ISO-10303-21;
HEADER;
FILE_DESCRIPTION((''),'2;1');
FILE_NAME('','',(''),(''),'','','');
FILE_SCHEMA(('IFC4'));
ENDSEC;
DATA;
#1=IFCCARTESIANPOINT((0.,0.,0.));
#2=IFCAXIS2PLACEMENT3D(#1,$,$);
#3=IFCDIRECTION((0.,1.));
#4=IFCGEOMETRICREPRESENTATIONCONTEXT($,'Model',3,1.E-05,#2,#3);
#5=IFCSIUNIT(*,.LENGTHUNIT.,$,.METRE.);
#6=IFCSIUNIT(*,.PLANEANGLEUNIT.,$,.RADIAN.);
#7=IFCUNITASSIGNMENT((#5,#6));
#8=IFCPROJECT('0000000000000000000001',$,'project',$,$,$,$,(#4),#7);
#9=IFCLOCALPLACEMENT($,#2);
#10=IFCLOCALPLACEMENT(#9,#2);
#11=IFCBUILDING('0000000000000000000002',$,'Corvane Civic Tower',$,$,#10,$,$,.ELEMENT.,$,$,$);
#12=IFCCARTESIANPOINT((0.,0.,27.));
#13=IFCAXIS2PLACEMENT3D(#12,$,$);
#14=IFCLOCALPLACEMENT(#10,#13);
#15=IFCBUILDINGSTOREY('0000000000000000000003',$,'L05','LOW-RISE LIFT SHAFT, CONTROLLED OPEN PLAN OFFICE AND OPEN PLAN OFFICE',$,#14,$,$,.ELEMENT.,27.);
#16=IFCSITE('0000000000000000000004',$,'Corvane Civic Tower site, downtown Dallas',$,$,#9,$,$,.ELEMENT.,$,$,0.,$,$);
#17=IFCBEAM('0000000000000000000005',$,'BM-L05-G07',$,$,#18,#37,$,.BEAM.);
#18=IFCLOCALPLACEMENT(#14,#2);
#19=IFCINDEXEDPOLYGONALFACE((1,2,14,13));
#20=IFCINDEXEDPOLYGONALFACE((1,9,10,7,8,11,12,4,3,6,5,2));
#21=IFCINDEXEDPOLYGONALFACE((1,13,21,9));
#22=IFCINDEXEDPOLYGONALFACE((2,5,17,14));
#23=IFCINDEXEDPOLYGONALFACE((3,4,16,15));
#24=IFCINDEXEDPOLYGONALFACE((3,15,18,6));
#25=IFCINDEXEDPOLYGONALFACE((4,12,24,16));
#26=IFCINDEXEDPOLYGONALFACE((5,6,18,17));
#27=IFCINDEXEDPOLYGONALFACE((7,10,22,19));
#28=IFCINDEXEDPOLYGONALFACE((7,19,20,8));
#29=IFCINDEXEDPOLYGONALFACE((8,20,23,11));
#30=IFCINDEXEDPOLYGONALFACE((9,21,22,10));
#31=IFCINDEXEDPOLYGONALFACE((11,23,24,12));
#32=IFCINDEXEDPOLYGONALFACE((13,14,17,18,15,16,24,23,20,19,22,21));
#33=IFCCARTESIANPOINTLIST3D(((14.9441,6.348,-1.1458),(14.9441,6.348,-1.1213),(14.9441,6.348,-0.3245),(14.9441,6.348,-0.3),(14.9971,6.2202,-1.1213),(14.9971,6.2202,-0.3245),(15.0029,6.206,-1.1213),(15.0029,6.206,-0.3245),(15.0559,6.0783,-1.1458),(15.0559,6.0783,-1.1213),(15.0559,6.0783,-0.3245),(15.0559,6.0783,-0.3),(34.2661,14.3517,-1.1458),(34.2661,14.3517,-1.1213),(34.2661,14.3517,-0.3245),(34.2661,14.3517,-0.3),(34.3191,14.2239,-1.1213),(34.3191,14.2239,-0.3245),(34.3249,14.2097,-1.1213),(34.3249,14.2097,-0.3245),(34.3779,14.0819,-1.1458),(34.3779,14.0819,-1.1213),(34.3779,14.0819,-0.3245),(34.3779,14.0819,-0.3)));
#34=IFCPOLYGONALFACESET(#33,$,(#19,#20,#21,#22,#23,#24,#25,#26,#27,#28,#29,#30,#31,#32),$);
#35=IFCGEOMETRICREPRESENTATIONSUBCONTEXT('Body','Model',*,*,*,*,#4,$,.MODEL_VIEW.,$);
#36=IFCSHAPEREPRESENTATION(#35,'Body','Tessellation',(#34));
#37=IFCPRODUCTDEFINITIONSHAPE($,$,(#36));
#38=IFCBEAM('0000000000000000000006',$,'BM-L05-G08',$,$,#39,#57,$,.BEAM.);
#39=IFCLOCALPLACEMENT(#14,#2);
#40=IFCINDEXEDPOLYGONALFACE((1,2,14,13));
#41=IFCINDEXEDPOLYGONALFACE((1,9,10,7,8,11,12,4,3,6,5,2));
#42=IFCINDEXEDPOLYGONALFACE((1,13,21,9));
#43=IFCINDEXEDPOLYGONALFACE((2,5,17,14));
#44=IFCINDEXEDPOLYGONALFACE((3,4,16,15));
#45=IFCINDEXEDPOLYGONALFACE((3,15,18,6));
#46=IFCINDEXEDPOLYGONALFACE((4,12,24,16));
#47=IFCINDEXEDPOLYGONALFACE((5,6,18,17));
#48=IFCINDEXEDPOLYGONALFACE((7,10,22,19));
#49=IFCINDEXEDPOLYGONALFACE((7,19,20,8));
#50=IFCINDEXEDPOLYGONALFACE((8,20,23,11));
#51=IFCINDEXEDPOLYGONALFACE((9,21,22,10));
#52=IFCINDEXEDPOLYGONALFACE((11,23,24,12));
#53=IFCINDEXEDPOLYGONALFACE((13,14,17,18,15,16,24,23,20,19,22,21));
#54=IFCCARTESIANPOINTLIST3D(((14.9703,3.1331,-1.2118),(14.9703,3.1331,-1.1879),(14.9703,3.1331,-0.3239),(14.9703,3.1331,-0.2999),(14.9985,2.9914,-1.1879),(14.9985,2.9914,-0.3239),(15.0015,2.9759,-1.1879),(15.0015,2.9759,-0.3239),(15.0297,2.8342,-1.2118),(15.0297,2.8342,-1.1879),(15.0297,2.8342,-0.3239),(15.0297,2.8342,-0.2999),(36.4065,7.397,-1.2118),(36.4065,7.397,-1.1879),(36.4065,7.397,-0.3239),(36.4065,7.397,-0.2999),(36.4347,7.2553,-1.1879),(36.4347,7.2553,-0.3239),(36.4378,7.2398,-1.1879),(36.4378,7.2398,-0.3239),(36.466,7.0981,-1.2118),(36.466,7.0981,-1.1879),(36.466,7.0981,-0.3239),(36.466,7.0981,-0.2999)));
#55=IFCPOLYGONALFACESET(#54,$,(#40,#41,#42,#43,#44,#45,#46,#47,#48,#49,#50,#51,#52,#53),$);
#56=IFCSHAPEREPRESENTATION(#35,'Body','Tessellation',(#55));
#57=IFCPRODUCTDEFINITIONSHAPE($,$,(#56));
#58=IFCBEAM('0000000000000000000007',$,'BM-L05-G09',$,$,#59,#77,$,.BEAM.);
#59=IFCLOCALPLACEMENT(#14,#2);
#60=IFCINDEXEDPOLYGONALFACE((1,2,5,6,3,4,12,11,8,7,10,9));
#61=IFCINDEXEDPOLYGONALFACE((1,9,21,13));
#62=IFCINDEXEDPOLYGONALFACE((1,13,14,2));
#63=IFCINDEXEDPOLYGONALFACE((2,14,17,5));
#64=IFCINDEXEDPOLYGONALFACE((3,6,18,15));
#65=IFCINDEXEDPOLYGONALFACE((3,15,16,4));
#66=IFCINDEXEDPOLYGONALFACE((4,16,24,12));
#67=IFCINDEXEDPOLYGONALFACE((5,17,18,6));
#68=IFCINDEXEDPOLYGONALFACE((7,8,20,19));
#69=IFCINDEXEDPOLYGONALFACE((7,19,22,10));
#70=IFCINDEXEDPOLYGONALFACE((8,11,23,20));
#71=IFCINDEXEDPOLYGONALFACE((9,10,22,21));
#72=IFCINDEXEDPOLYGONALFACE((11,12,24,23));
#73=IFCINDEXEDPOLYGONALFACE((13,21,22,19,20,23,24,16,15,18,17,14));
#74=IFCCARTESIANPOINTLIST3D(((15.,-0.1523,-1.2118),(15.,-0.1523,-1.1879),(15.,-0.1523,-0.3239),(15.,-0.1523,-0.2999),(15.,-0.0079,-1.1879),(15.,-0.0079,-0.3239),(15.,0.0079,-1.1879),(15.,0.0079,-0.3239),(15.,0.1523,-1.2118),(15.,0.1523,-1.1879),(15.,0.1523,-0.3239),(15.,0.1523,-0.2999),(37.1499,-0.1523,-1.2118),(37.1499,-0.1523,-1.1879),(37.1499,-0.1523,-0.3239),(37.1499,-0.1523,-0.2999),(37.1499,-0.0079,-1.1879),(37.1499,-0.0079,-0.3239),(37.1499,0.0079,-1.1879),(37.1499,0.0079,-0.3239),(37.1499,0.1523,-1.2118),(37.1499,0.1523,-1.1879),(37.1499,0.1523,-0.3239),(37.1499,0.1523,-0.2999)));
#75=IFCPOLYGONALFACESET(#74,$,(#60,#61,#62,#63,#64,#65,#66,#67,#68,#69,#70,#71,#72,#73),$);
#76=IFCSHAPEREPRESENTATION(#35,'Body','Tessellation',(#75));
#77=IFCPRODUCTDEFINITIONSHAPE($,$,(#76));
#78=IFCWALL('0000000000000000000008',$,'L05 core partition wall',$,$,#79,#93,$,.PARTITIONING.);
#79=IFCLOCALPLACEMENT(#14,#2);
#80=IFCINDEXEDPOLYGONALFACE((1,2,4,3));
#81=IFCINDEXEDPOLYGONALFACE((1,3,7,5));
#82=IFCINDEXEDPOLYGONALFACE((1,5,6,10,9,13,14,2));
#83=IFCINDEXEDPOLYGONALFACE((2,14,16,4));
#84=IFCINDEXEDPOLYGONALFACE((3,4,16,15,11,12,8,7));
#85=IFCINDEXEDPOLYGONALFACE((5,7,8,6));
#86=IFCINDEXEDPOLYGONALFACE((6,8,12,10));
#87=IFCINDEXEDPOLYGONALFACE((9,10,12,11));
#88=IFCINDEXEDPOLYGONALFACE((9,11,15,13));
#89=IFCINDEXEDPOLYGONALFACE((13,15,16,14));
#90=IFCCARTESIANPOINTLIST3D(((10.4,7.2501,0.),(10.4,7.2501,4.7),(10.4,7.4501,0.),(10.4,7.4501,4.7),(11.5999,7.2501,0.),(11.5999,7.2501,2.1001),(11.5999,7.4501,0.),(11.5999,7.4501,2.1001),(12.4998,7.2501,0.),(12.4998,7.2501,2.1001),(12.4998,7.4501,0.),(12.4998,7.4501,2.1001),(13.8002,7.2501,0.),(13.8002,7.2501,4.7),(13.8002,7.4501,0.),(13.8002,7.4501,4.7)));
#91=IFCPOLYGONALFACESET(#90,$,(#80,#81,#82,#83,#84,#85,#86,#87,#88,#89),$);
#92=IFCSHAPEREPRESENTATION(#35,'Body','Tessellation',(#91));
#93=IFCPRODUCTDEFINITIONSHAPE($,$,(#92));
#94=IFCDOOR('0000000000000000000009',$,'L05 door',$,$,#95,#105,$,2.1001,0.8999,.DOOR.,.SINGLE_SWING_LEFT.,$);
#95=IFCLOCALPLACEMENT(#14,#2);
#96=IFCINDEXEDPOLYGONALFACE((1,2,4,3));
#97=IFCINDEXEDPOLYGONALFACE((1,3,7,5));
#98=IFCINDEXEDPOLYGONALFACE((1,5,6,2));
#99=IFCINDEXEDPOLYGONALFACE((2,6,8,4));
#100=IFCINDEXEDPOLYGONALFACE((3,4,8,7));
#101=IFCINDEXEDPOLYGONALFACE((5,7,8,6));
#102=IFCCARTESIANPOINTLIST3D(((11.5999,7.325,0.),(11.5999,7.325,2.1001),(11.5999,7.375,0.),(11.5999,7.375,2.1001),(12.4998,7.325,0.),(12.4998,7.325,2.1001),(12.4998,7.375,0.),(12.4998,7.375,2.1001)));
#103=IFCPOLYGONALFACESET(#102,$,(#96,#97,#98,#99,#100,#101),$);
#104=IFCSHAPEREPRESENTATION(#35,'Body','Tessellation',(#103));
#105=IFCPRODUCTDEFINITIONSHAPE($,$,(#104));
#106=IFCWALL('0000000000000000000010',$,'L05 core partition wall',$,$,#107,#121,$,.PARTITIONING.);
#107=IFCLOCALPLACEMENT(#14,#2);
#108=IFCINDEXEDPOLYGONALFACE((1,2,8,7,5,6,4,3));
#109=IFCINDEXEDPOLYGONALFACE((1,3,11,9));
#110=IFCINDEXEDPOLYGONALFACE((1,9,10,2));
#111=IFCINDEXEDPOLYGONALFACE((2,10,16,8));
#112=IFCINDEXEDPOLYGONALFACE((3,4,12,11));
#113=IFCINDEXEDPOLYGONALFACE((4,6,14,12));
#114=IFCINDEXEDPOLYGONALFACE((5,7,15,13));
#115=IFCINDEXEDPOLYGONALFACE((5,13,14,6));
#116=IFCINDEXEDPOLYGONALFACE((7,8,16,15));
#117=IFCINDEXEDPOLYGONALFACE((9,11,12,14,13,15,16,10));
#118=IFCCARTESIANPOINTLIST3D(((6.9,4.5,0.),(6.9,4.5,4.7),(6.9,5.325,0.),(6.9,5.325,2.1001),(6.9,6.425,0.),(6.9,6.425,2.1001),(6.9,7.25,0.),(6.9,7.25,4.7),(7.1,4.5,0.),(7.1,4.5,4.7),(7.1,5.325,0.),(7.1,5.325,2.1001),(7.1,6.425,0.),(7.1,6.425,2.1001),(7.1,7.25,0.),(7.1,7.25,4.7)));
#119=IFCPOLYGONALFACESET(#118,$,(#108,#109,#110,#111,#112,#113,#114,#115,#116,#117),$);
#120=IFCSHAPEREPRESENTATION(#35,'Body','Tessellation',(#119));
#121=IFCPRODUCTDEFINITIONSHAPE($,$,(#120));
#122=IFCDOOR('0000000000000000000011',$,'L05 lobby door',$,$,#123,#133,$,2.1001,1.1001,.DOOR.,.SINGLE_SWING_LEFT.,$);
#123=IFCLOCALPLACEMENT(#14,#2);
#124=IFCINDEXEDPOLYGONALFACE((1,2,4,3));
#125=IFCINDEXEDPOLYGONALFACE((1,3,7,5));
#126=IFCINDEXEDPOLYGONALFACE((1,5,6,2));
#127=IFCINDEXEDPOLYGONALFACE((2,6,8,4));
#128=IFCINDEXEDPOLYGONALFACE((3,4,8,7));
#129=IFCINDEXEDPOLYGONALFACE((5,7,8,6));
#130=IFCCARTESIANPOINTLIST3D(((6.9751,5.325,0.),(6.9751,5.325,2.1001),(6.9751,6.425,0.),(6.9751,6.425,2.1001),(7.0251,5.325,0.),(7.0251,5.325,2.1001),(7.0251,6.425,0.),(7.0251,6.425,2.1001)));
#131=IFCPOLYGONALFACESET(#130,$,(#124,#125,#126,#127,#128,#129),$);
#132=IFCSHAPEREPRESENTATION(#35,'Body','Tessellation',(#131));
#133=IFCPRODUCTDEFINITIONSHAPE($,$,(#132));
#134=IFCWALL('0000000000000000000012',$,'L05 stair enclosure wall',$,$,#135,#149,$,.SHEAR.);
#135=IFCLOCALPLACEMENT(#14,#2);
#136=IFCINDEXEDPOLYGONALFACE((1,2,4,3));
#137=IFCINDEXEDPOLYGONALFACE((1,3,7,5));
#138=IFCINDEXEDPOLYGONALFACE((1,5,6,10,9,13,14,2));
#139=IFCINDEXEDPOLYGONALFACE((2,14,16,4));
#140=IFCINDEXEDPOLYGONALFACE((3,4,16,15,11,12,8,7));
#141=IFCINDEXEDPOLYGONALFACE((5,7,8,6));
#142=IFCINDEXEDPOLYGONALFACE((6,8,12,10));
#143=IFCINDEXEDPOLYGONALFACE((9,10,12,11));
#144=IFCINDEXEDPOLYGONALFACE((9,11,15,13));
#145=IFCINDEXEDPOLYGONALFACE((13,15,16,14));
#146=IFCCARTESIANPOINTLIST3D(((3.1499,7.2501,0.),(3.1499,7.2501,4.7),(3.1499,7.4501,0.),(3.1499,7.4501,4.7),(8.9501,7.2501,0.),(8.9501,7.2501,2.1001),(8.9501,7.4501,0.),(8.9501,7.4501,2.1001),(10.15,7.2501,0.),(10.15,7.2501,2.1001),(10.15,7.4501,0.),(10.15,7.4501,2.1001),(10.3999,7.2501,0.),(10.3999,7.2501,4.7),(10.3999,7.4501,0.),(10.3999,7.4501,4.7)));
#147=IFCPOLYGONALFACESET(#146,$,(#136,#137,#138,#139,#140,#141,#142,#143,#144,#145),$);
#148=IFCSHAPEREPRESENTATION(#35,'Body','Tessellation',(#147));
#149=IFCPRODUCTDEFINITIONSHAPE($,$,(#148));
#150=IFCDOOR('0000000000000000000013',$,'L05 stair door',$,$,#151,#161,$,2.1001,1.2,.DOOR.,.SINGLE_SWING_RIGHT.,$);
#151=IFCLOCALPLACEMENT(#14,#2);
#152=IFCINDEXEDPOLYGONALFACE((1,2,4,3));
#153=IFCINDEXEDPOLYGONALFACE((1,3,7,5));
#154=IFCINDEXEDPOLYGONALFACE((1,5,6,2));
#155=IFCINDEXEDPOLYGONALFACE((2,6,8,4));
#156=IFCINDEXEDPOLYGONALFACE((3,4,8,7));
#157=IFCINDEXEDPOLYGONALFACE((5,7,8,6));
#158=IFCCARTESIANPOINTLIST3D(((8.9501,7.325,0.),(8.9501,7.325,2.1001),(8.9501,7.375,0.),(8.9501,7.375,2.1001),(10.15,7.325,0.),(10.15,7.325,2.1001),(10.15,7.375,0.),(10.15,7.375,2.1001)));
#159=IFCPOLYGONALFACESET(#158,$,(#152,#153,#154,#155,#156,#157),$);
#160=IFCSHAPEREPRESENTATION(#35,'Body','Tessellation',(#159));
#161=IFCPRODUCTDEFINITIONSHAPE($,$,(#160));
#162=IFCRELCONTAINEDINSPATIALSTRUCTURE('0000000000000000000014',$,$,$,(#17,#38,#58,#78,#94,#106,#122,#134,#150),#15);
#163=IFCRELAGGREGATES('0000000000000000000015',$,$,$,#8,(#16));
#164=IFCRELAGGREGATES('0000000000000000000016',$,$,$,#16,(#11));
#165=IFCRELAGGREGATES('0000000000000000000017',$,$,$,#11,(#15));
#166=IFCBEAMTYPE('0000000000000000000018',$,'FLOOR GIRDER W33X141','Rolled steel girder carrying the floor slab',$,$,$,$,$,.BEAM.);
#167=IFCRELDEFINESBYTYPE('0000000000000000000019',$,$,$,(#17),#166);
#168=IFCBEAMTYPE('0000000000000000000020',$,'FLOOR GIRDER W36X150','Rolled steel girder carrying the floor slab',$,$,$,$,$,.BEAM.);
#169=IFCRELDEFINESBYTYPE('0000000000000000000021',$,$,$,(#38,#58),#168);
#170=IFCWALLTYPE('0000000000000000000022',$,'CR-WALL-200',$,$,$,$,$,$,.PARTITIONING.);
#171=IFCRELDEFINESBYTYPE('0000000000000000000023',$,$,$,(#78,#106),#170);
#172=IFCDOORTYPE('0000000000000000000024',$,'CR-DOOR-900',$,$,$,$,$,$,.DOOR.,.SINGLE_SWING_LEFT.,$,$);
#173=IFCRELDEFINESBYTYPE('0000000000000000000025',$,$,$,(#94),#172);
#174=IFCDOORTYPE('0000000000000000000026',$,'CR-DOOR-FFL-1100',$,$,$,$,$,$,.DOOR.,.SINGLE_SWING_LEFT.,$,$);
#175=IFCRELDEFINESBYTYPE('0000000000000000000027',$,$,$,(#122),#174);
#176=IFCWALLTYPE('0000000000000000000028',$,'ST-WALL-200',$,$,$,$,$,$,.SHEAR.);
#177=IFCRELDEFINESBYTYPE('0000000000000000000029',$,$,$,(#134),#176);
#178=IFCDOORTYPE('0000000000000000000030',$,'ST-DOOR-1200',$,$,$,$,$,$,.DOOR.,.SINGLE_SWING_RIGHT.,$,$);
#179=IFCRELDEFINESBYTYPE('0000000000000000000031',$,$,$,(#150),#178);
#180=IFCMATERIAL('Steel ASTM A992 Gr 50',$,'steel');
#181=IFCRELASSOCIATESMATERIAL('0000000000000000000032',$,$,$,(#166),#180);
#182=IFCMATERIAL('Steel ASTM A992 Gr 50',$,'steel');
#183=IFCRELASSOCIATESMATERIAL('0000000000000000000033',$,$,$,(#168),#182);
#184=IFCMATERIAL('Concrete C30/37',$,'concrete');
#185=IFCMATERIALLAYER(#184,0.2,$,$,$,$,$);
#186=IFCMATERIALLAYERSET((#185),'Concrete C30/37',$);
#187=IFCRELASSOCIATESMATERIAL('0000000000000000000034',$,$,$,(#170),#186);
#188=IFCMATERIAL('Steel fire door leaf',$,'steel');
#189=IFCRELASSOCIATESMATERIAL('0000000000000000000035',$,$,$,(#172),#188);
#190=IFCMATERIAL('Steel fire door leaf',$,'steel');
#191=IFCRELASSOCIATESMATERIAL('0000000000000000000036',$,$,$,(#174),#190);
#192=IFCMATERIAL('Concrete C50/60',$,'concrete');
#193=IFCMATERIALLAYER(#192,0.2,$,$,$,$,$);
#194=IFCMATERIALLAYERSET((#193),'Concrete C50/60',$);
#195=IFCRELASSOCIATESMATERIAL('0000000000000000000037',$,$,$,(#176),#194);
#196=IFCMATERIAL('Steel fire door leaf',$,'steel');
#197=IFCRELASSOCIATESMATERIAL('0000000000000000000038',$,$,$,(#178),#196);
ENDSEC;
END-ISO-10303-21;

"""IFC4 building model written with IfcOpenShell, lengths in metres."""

from ifc_helpers import new_model, si_unit, direction, frame, frame_2d, origin, origin_2d, place, context, subcontext, project, spatial, rectangle, i_section, extrude, material, layer, layer_set, material_profile, profile_set, type_object, element, fill, save


model = new_model("IFC4")

# Units and contexts
model_context = context("Model", 3, precision=1e-05, world=origin(), true_north=direction((0.0, 1.0)))
body_context = subcontext(model_context, "Body", "Model", "MODEL_VIEW")
ifc_project = project(units=[si_unit("LENGTHUNIT", "METRE"), si_unit("PLANEANGLEUNIT", "RADIAN")], contexts=[model_context])

# Site, building, storey
site_placement = place(None, origin())
site = spatial("IfcSite", under=ifc_project, at=site_placement, Name="Corvane Civic Tower site, downtown Dallas", CompositionType="ELEMENT", RefElevation=0.0)
building_placement = place(site_placement, origin())
building = spatial("IfcBuilding", under=site, at=building_placement, Name="Corvane Civic Tower", CompositionType="ELEMENT")
storey_placement = place(building_placement, frame((0.0, 0.0, 27.0)))
storey = spatial("IfcBuildingStorey", under=building, at=storey_placement, Name="L05", Description="LOW-RISE LIFT SHAFT, CONTROLLED OPEN PLAN OFFICE AND OPEN PLAN OFFICE", CompositionType="ELEMENT", Elevation=27.0)

# Beams
ifc_material_1 = material(Name="Steel ASTM A992 Gr 50", Category="steel")
ifc_material_profile_1 = material_profile(ifc_material_1, i_section(OverallWidth=0.292, OverallDepth=0.8457, WebThickness=0.0154, FlangeThickness=0.0244, at=origin_2d()), Name="W33X141")
ifc_profile_set_1 = profile_set([ifc_material_profile_1], Name="Steel ASTM A992 Gr 50")
beam_type_1 = type_object("IfcBeamType", Name="FLOOR GIRDER W33X141", Description="Rolled steel girder carrying the floor slab", PredefinedType="BEAM", material=ifc_profile_set_1)
beam_1_placement = place(storey_placement, frame((15.0, 6.2131, -0.7229), z_axis=(0.923876, 0.382692, 0.0), x_axis=(-0.382692, 0.923876, 0.0)))
element("IfcBeam", 1, at=beam_1_placement, inside=storey, type_object=beam_type_1, Name="BM-L05-G07", PredefinedType="BEAM", context=body_context, shape_type="SweptSolid", body=[
    extrude(i_section(OverallWidth=0.292, OverallDepth=0.8457, WebThickness=0.0154, FlangeThickness=0.0244, at=origin_2d()), origin(), (0.0, 0.0, 1.0), 20.9141),
])
ifc_material_2 = material(Name="Steel ASTM A992 Gr 50", Category="steel")
ifc_material_profile_2 = material_profile(ifc_material_2, i_section(OverallWidth=0.3047, OverallDepth=0.9119, WebThickness=0.0159, FlangeThickness=0.0239, at=origin_2d()), Name="W36X150")
ifc_profile_set_2 = profile_set([ifc_material_profile_2], Name="Steel ASTM A992 Gr 50")
beam_type_2 = type_object("IfcBeamType", Name="FLOOR GIRDER W36X150", Description="Rolled steel girder carrying the floor slab", PredefinedType="BEAM", material=ifc_profile_set_2)
beam_2_placement = place(storey_placement, frame((15.0, 2.9836, -0.7559), z_axis=(0.980785, 0.195089, 0.0), x_axis=(-0.195089, 0.980785, 0.0)))
element("IfcBeam", 2, at=beam_2_placement, inside=storey, type_object=beam_type_2, Name="BM-L05-G08", PredefinedType="BEAM", context=body_context, shape_type="SweptSolid", body=[
    extrude(i_section(OverallWidth=0.3047, OverallDepth=0.9119, WebThickness=0.0159, FlangeThickness=0.0239, at=origin_2d()), origin(), (0.0, 0.0, 1.0), 21.8562),
])
beam_3_placement = place(storey_placement, frame((15.0, 0.0, -0.7559), z_axis=(1.0, 0.0, 0.0), x_axis=(0.0, 1.0, 0.0)))
element("IfcBeam", 3, at=beam_3_placement, inside=storey, type_object=beam_type_2, Name="BM-L05-G09", PredefinedType="BEAM", context=body_context, shape_type="SweptSolid", body=[
    extrude(i_section(OverallWidth=0.3047, OverallDepth=0.9119, WebThickness=0.0159, FlangeThickness=0.0239, at=origin_2d()), origin(), (0.0, 0.0, 1.0), 22.1499),
])

# Walls, openings, doors
ifc_material_3 = material(Name="Concrete C30/37", Category="concrete")
ifc_layer_1 = layer(ifc_material_3, 0.2)
ifc_layer_set_1 = layer_set([ifc_layer_1], Name="Concrete C30/37")
wall_type_1 = type_object("IfcWallType", Name="CR-WALL-200", PredefinedType="PARTITIONING", material=ifc_layer_set_1)
wall_1_placement = place(storey_placement, frame((10.3999, 7.3501, 0.0), z_axis=(0.0, 0.0, 1.0), x_axis=(1.0, 0.0, 0.0)))
wall_1 = element("IfcWall", 4, at=wall_1_placement, inside=storey, type_object=wall_type_1, Name="L05 core partition wall", PredefinedType="PARTITIONING", context=body_context, shape_type="SweptSolid", body=[
    extrude(rectangle(XDim=3.4001, YDim=0.2, at=frame_2d((1.7002, 0.0))), origin(), (0.0, 0.0, 1.0), 4.7),
])
opening_1_placement = place(wall_1_placement, frame((1.2, 0.0, 0.0)))
opening_1 = element("IfcOpeningElement", 5, at=opening_1_placement, cuts=wall_1, PredefinedType="OPENING", context=body_context, shape_type="SweptSolid", body=[
    extrude(rectangle(XDim=0.8999, YDim=2.1001, at=frame_2d((0.45, 1.05))), frame((0.0, 0.1099, 0.0), z_axis=(0.0, -1.0, 0.0), x_axis=(1.0, 0.0, 0.0)), (0.0, 0.0, 1.0), 0.22),
])
ifc_material_4 = material(Name="Steel fire door leaf", Category="steel")
door_type_1 = type_object("IfcDoorType", Name="CR-DOOR-900", OperationType="SINGLE_SWING_LEFT", PredefinedType="DOOR", material=ifc_material_4)
door_1_placement = place(opening_1_placement, origin())
door_1 = element("IfcDoor", 6, at=door_1_placement, inside=storey, type_object=door_type_1, Name="L05 door", OperationType="SINGLE_SWING_LEFT", OverallHeight=2.1001, OverallWidth=0.8999, PredefinedType="DOOR", context=body_context, shape_type="SweptSolid", body=[
    extrude(rectangle(XDim=0.8999, YDim=2.1001, at=frame_2d((0.45, 1.05))), frame((0.0, 0.0249, 0.0), z_axis=(0.0, -1.0, 0.0), x_axis=(1.0, 0.0, 0.0)), (0.0, 0.0, 1.0), 0.05),
])
fill(opening_1, door_1)
wall_2_placement = place(storey_placement, frame((7.0, 4.5, 0.0), z_axis=(0.0, 0.0, 1.0), x_axis=(0.0, 1.0, 0.0)))
wall_2 = element("IfcWall", 7, at=wall_2_placement, inside=storey, type_object=wall_type_1, Name="L05 core partition wall", PredefinedType="PARTITIONING", context=body_context, shape_type="SweptSolid", body=[
    extrude(rectangle(XDim=2.75, YDim=0.2, at=frame_2d((1.375, 0.0))), origin(), (0.0, 0.0, 1.0), 4.7),
])
opening_2_placement = place(wall_2_placement, frame((0.825, 0.0, 0.0)))
opening_2 = element("IfcOpeningElement", 8, at=opening_2_placement, cuts=wall_2, PredefinedType="OPENING", context=body_context, shape_type="SweptSolid", body=[
    extrude(rectangle(XDim=1.1001, YDim=2.1001, at=frame_2d((0.55, 1.05))), frame((0.0, 0.1099, 0.0), z_axis=(0.0, -1.0, 0.0), x_axis=(1.0, 0.0, 0.0)), (0.0, 0.0, 1.0), 0.22),
])
ifc_material_5 = material(Name="Steel fire door leaf", Category="steel")
door_type_2 = type_object("IfcDoorType", Name="CR-DOOR-FFL-1100", OperationType="SINGLE_SWING_LEFT", PredefinedType="DOOR", material=ifc_material_5)
door_2_placement = place(opening_2_placement, origin())
door_2 = element("IfcDoor", 9, at=door_2_placement, inside=storey, type_object=door_type_2, Name="L05 lobby door", OperationType="SINGLE_SWING_LEFT", OverallHeight=2.1001, OverallWidth=1.1001, PredefinedType="DOOR", context=body_context, shape_type="SweptSolid", body=[
    extrude(rectangle(XDim=1.1001, YDim=2.1001, at=frame_2d((0.55, 1.05))), frame((0.0, 0.0249, 0.0), z_axis=(0.0, -1.0, 0.0), x_axis=(1.0, 0.0, 0.0)), (0.0, 0.0, 1.0), 0.05),
])
fill(opening_2, door_2)
ifc_material_6 = material(Name="Concrete C50/60", Category="concrete")
ifc_layer_2 = layer(ifc_material_6, 0.2)
ifc_layer_set_2 = layer_set([ifc_layer_2], Name="Concrete C50/60")
wall_type_2 = type_object("IfcWallType", Name="ST-WALL-200", PredefinedType="SHEAR", material=ifc_layer_set_2)
wall_3_placement = place(storey_placement, frame((3.1499, 7.3501, 0.0), z_axis=(0.0, 0.0, 1.0), x_axis=(1.0, 0.0, 0.0)))
wall_3 = element("IfcWall", 10, at=wall_3_placement, inside=storey, type_object=wall_type_2, Name="L05 stair enclosure wall", PredefinedType="SHEAR", context=body_context, shape_type="SweptSolid", body=[
    extrude(rectangle(XDim=7.25, YDim=0.2, at=frame_2d((3.625, 0.0))), origin(), (0.0, 0.0, 1.0), 4.7),
])
opening_3_placement = place(wall_3_placement, frame((5.8, 0.0, 0.0)))
opening_3 = element("IfcOpeningElement", 11, at=opening_3_placement, cuts=wall_3, PredefinedType="OPENING", context=body_context, shape_type="SweptSolid", body=[
    extrude(rectangle(XDim=1.2, YDim=2.1001, at=frame_2d((0.6001, 1.05))), frame((0.0, 0.1099, 0.0), z_axis=(0.0, -1.0, 0.0), x_axis=(1.0, 0.0, 0.0)), (0.0, 0.0, 1.0), 0.22),
])
ifc_material_7 = material(Name="Steel fire door leaf", Category="steel")
door_type_3 = type_object("IfcDoorType", Name="ST-DOOR-1200", OperationType="SINGLE_SWING_RIGHT", PredefinedType="DOOR", material=ifc_material_7)
door_3_placement = place(opening_3_placement, origin())
door_3 = element("IfcDoor", 12, at=door_3_placement, inside=storey, type_object=door_type_3, Name="L05 stair door", OperationType="SINGLE_SWING_RIGHT", OverallHeight=2.1001, OverallWidth=1.2, PredefinedType="DOOR", context=body_context, shape_type="SweptSolid", body=[
    extrude(rectangle(XDim=1.2, YDim=2.1001, at=frame_2d((0.6001, 1.05))), frame((0.0, 0.0249, 0.0), z_axis=(0.0, -1.0, 0.0), x_axis=(1.0, 0.0, 0.0)), (0.0, 0.0, 1.0), 0.05),
])
fill(opening_3, door_3)

save(model, "model.ifc")
